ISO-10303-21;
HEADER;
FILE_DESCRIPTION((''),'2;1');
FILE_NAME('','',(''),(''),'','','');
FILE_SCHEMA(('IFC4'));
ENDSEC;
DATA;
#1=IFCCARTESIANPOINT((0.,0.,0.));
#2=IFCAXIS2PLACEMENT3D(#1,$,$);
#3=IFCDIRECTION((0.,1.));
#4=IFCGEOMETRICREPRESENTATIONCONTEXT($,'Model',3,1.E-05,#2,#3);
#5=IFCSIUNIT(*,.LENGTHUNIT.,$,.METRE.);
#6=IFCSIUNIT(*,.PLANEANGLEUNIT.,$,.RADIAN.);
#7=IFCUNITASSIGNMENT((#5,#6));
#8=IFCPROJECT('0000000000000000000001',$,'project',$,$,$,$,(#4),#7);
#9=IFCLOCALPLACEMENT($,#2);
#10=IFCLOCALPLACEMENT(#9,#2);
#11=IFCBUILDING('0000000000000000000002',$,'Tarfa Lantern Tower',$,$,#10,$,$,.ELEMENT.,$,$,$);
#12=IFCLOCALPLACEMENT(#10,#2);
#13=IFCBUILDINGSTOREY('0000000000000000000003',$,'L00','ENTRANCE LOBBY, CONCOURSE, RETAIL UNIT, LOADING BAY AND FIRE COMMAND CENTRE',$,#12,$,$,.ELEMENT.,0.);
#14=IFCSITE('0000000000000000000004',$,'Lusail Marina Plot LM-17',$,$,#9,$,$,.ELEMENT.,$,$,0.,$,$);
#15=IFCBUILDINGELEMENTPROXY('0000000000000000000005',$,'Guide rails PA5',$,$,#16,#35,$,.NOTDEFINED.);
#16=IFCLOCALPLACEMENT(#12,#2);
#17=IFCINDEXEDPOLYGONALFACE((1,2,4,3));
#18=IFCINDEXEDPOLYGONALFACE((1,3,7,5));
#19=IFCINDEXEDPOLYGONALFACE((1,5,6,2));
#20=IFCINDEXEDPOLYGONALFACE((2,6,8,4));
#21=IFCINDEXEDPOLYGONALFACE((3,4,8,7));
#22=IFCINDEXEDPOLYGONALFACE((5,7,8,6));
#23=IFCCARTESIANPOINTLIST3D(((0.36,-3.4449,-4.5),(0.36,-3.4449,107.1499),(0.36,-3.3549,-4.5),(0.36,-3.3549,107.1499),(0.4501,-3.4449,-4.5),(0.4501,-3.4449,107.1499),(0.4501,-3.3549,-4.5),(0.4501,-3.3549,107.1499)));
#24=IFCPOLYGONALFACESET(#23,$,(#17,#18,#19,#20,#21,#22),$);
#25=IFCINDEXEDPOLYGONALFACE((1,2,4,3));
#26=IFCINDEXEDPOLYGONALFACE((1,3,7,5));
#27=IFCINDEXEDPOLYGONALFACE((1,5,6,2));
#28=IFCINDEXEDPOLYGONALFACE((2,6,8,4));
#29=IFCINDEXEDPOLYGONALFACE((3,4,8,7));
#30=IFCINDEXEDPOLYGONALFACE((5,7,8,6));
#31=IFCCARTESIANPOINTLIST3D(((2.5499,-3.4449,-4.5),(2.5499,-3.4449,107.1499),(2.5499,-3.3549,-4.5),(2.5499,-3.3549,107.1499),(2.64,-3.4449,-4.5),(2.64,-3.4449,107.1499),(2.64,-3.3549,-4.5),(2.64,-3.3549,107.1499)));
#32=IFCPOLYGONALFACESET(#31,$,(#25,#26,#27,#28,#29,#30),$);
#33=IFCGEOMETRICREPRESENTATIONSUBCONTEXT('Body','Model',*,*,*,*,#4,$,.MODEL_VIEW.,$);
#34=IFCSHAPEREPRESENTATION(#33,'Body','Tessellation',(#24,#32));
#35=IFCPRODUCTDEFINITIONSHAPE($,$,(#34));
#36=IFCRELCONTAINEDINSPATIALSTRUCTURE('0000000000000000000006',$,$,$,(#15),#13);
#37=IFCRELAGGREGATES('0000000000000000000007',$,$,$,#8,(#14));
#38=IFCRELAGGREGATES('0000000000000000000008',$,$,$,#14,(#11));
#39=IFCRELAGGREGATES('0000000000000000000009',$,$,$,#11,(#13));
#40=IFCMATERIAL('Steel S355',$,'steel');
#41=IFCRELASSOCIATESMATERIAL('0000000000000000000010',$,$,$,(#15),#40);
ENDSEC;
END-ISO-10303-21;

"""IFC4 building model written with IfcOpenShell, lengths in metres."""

from ifc_helpers import new_model, si_unit, direction, frame, frame_2d, origin, origin_2d, place, context, subcontext, project, spatial, rectangle, extrude, material, element, save


model = new_model("IFC4")

# Units and contexts
model_context = context("Model", 3, precision=1e-05, world=origin(), true_north=direction((0.0, 1.0)))
body_context = subcontext(model_context, "Body", "Model", "MODEL_VIEW")
ifc_project = project(units=[si_unit("LENGTHUNIT", "METRE"), si_unit("PLANEANGLEUNIT", "RADIAN")], contexts=[model_context])

# Site, building, storey
site_placement = place(None, origin())
site = spatial("IfcSite", under=ifc_project, at=site_placement, Name="Lusail Marina Plot LM-17", CompositionType="ELEMENT", RefElevation=0.0)
building_placement = place(site_placement, origin())
building = spatial("IfcBuilding", under=site, at=building_placement, Name="Tarfa Lantern Tower", CompositionType="ELEMENT")
storey_placement = place(building_placement, origin())
storey = spatial("IfcBuildingStorey", under=building, at=storey_placement, Name="L00", Description="ENTRANCE LOBBY, CONCOURSE, RETAIL UNIT, LOADING BAY AND FIRE COMMAND CENTRE", CompositionType="ELEMENT", Elevation=0.0)

# Building element proxy
ifc_material_1 = material(Name="Steel S355", Category="steel")
proxy_placement = place(storey_placement, frame((0.405, -3.3999, -4.5), z_axis=(0.0, 0.0, 1.0), x_axis=(1.0, 0.0, 0.0)))
element("IfcBuildingElementProxy", 1, at=proxy_placement, inside=storey, material=ifc_material_1, Name="Guide rails PA5", PredefinedType="NOTDEFINED", context=body_context, shape_type="SweptSolid", body=[
    extrude(rectangle(XDim=0.0901, YDim=0.0901, at=origin_2d()), origin(), (0.0, 0.0, 1.0), 111.6499),
    extrude(rectangle(XDim=0.0901, YDim=0.0901, at=frame_2d((2.1899, 0.0))), origin(), (0.0, 0.0, 1.0), 111.6499),
])

save(model, "model.ifc")
